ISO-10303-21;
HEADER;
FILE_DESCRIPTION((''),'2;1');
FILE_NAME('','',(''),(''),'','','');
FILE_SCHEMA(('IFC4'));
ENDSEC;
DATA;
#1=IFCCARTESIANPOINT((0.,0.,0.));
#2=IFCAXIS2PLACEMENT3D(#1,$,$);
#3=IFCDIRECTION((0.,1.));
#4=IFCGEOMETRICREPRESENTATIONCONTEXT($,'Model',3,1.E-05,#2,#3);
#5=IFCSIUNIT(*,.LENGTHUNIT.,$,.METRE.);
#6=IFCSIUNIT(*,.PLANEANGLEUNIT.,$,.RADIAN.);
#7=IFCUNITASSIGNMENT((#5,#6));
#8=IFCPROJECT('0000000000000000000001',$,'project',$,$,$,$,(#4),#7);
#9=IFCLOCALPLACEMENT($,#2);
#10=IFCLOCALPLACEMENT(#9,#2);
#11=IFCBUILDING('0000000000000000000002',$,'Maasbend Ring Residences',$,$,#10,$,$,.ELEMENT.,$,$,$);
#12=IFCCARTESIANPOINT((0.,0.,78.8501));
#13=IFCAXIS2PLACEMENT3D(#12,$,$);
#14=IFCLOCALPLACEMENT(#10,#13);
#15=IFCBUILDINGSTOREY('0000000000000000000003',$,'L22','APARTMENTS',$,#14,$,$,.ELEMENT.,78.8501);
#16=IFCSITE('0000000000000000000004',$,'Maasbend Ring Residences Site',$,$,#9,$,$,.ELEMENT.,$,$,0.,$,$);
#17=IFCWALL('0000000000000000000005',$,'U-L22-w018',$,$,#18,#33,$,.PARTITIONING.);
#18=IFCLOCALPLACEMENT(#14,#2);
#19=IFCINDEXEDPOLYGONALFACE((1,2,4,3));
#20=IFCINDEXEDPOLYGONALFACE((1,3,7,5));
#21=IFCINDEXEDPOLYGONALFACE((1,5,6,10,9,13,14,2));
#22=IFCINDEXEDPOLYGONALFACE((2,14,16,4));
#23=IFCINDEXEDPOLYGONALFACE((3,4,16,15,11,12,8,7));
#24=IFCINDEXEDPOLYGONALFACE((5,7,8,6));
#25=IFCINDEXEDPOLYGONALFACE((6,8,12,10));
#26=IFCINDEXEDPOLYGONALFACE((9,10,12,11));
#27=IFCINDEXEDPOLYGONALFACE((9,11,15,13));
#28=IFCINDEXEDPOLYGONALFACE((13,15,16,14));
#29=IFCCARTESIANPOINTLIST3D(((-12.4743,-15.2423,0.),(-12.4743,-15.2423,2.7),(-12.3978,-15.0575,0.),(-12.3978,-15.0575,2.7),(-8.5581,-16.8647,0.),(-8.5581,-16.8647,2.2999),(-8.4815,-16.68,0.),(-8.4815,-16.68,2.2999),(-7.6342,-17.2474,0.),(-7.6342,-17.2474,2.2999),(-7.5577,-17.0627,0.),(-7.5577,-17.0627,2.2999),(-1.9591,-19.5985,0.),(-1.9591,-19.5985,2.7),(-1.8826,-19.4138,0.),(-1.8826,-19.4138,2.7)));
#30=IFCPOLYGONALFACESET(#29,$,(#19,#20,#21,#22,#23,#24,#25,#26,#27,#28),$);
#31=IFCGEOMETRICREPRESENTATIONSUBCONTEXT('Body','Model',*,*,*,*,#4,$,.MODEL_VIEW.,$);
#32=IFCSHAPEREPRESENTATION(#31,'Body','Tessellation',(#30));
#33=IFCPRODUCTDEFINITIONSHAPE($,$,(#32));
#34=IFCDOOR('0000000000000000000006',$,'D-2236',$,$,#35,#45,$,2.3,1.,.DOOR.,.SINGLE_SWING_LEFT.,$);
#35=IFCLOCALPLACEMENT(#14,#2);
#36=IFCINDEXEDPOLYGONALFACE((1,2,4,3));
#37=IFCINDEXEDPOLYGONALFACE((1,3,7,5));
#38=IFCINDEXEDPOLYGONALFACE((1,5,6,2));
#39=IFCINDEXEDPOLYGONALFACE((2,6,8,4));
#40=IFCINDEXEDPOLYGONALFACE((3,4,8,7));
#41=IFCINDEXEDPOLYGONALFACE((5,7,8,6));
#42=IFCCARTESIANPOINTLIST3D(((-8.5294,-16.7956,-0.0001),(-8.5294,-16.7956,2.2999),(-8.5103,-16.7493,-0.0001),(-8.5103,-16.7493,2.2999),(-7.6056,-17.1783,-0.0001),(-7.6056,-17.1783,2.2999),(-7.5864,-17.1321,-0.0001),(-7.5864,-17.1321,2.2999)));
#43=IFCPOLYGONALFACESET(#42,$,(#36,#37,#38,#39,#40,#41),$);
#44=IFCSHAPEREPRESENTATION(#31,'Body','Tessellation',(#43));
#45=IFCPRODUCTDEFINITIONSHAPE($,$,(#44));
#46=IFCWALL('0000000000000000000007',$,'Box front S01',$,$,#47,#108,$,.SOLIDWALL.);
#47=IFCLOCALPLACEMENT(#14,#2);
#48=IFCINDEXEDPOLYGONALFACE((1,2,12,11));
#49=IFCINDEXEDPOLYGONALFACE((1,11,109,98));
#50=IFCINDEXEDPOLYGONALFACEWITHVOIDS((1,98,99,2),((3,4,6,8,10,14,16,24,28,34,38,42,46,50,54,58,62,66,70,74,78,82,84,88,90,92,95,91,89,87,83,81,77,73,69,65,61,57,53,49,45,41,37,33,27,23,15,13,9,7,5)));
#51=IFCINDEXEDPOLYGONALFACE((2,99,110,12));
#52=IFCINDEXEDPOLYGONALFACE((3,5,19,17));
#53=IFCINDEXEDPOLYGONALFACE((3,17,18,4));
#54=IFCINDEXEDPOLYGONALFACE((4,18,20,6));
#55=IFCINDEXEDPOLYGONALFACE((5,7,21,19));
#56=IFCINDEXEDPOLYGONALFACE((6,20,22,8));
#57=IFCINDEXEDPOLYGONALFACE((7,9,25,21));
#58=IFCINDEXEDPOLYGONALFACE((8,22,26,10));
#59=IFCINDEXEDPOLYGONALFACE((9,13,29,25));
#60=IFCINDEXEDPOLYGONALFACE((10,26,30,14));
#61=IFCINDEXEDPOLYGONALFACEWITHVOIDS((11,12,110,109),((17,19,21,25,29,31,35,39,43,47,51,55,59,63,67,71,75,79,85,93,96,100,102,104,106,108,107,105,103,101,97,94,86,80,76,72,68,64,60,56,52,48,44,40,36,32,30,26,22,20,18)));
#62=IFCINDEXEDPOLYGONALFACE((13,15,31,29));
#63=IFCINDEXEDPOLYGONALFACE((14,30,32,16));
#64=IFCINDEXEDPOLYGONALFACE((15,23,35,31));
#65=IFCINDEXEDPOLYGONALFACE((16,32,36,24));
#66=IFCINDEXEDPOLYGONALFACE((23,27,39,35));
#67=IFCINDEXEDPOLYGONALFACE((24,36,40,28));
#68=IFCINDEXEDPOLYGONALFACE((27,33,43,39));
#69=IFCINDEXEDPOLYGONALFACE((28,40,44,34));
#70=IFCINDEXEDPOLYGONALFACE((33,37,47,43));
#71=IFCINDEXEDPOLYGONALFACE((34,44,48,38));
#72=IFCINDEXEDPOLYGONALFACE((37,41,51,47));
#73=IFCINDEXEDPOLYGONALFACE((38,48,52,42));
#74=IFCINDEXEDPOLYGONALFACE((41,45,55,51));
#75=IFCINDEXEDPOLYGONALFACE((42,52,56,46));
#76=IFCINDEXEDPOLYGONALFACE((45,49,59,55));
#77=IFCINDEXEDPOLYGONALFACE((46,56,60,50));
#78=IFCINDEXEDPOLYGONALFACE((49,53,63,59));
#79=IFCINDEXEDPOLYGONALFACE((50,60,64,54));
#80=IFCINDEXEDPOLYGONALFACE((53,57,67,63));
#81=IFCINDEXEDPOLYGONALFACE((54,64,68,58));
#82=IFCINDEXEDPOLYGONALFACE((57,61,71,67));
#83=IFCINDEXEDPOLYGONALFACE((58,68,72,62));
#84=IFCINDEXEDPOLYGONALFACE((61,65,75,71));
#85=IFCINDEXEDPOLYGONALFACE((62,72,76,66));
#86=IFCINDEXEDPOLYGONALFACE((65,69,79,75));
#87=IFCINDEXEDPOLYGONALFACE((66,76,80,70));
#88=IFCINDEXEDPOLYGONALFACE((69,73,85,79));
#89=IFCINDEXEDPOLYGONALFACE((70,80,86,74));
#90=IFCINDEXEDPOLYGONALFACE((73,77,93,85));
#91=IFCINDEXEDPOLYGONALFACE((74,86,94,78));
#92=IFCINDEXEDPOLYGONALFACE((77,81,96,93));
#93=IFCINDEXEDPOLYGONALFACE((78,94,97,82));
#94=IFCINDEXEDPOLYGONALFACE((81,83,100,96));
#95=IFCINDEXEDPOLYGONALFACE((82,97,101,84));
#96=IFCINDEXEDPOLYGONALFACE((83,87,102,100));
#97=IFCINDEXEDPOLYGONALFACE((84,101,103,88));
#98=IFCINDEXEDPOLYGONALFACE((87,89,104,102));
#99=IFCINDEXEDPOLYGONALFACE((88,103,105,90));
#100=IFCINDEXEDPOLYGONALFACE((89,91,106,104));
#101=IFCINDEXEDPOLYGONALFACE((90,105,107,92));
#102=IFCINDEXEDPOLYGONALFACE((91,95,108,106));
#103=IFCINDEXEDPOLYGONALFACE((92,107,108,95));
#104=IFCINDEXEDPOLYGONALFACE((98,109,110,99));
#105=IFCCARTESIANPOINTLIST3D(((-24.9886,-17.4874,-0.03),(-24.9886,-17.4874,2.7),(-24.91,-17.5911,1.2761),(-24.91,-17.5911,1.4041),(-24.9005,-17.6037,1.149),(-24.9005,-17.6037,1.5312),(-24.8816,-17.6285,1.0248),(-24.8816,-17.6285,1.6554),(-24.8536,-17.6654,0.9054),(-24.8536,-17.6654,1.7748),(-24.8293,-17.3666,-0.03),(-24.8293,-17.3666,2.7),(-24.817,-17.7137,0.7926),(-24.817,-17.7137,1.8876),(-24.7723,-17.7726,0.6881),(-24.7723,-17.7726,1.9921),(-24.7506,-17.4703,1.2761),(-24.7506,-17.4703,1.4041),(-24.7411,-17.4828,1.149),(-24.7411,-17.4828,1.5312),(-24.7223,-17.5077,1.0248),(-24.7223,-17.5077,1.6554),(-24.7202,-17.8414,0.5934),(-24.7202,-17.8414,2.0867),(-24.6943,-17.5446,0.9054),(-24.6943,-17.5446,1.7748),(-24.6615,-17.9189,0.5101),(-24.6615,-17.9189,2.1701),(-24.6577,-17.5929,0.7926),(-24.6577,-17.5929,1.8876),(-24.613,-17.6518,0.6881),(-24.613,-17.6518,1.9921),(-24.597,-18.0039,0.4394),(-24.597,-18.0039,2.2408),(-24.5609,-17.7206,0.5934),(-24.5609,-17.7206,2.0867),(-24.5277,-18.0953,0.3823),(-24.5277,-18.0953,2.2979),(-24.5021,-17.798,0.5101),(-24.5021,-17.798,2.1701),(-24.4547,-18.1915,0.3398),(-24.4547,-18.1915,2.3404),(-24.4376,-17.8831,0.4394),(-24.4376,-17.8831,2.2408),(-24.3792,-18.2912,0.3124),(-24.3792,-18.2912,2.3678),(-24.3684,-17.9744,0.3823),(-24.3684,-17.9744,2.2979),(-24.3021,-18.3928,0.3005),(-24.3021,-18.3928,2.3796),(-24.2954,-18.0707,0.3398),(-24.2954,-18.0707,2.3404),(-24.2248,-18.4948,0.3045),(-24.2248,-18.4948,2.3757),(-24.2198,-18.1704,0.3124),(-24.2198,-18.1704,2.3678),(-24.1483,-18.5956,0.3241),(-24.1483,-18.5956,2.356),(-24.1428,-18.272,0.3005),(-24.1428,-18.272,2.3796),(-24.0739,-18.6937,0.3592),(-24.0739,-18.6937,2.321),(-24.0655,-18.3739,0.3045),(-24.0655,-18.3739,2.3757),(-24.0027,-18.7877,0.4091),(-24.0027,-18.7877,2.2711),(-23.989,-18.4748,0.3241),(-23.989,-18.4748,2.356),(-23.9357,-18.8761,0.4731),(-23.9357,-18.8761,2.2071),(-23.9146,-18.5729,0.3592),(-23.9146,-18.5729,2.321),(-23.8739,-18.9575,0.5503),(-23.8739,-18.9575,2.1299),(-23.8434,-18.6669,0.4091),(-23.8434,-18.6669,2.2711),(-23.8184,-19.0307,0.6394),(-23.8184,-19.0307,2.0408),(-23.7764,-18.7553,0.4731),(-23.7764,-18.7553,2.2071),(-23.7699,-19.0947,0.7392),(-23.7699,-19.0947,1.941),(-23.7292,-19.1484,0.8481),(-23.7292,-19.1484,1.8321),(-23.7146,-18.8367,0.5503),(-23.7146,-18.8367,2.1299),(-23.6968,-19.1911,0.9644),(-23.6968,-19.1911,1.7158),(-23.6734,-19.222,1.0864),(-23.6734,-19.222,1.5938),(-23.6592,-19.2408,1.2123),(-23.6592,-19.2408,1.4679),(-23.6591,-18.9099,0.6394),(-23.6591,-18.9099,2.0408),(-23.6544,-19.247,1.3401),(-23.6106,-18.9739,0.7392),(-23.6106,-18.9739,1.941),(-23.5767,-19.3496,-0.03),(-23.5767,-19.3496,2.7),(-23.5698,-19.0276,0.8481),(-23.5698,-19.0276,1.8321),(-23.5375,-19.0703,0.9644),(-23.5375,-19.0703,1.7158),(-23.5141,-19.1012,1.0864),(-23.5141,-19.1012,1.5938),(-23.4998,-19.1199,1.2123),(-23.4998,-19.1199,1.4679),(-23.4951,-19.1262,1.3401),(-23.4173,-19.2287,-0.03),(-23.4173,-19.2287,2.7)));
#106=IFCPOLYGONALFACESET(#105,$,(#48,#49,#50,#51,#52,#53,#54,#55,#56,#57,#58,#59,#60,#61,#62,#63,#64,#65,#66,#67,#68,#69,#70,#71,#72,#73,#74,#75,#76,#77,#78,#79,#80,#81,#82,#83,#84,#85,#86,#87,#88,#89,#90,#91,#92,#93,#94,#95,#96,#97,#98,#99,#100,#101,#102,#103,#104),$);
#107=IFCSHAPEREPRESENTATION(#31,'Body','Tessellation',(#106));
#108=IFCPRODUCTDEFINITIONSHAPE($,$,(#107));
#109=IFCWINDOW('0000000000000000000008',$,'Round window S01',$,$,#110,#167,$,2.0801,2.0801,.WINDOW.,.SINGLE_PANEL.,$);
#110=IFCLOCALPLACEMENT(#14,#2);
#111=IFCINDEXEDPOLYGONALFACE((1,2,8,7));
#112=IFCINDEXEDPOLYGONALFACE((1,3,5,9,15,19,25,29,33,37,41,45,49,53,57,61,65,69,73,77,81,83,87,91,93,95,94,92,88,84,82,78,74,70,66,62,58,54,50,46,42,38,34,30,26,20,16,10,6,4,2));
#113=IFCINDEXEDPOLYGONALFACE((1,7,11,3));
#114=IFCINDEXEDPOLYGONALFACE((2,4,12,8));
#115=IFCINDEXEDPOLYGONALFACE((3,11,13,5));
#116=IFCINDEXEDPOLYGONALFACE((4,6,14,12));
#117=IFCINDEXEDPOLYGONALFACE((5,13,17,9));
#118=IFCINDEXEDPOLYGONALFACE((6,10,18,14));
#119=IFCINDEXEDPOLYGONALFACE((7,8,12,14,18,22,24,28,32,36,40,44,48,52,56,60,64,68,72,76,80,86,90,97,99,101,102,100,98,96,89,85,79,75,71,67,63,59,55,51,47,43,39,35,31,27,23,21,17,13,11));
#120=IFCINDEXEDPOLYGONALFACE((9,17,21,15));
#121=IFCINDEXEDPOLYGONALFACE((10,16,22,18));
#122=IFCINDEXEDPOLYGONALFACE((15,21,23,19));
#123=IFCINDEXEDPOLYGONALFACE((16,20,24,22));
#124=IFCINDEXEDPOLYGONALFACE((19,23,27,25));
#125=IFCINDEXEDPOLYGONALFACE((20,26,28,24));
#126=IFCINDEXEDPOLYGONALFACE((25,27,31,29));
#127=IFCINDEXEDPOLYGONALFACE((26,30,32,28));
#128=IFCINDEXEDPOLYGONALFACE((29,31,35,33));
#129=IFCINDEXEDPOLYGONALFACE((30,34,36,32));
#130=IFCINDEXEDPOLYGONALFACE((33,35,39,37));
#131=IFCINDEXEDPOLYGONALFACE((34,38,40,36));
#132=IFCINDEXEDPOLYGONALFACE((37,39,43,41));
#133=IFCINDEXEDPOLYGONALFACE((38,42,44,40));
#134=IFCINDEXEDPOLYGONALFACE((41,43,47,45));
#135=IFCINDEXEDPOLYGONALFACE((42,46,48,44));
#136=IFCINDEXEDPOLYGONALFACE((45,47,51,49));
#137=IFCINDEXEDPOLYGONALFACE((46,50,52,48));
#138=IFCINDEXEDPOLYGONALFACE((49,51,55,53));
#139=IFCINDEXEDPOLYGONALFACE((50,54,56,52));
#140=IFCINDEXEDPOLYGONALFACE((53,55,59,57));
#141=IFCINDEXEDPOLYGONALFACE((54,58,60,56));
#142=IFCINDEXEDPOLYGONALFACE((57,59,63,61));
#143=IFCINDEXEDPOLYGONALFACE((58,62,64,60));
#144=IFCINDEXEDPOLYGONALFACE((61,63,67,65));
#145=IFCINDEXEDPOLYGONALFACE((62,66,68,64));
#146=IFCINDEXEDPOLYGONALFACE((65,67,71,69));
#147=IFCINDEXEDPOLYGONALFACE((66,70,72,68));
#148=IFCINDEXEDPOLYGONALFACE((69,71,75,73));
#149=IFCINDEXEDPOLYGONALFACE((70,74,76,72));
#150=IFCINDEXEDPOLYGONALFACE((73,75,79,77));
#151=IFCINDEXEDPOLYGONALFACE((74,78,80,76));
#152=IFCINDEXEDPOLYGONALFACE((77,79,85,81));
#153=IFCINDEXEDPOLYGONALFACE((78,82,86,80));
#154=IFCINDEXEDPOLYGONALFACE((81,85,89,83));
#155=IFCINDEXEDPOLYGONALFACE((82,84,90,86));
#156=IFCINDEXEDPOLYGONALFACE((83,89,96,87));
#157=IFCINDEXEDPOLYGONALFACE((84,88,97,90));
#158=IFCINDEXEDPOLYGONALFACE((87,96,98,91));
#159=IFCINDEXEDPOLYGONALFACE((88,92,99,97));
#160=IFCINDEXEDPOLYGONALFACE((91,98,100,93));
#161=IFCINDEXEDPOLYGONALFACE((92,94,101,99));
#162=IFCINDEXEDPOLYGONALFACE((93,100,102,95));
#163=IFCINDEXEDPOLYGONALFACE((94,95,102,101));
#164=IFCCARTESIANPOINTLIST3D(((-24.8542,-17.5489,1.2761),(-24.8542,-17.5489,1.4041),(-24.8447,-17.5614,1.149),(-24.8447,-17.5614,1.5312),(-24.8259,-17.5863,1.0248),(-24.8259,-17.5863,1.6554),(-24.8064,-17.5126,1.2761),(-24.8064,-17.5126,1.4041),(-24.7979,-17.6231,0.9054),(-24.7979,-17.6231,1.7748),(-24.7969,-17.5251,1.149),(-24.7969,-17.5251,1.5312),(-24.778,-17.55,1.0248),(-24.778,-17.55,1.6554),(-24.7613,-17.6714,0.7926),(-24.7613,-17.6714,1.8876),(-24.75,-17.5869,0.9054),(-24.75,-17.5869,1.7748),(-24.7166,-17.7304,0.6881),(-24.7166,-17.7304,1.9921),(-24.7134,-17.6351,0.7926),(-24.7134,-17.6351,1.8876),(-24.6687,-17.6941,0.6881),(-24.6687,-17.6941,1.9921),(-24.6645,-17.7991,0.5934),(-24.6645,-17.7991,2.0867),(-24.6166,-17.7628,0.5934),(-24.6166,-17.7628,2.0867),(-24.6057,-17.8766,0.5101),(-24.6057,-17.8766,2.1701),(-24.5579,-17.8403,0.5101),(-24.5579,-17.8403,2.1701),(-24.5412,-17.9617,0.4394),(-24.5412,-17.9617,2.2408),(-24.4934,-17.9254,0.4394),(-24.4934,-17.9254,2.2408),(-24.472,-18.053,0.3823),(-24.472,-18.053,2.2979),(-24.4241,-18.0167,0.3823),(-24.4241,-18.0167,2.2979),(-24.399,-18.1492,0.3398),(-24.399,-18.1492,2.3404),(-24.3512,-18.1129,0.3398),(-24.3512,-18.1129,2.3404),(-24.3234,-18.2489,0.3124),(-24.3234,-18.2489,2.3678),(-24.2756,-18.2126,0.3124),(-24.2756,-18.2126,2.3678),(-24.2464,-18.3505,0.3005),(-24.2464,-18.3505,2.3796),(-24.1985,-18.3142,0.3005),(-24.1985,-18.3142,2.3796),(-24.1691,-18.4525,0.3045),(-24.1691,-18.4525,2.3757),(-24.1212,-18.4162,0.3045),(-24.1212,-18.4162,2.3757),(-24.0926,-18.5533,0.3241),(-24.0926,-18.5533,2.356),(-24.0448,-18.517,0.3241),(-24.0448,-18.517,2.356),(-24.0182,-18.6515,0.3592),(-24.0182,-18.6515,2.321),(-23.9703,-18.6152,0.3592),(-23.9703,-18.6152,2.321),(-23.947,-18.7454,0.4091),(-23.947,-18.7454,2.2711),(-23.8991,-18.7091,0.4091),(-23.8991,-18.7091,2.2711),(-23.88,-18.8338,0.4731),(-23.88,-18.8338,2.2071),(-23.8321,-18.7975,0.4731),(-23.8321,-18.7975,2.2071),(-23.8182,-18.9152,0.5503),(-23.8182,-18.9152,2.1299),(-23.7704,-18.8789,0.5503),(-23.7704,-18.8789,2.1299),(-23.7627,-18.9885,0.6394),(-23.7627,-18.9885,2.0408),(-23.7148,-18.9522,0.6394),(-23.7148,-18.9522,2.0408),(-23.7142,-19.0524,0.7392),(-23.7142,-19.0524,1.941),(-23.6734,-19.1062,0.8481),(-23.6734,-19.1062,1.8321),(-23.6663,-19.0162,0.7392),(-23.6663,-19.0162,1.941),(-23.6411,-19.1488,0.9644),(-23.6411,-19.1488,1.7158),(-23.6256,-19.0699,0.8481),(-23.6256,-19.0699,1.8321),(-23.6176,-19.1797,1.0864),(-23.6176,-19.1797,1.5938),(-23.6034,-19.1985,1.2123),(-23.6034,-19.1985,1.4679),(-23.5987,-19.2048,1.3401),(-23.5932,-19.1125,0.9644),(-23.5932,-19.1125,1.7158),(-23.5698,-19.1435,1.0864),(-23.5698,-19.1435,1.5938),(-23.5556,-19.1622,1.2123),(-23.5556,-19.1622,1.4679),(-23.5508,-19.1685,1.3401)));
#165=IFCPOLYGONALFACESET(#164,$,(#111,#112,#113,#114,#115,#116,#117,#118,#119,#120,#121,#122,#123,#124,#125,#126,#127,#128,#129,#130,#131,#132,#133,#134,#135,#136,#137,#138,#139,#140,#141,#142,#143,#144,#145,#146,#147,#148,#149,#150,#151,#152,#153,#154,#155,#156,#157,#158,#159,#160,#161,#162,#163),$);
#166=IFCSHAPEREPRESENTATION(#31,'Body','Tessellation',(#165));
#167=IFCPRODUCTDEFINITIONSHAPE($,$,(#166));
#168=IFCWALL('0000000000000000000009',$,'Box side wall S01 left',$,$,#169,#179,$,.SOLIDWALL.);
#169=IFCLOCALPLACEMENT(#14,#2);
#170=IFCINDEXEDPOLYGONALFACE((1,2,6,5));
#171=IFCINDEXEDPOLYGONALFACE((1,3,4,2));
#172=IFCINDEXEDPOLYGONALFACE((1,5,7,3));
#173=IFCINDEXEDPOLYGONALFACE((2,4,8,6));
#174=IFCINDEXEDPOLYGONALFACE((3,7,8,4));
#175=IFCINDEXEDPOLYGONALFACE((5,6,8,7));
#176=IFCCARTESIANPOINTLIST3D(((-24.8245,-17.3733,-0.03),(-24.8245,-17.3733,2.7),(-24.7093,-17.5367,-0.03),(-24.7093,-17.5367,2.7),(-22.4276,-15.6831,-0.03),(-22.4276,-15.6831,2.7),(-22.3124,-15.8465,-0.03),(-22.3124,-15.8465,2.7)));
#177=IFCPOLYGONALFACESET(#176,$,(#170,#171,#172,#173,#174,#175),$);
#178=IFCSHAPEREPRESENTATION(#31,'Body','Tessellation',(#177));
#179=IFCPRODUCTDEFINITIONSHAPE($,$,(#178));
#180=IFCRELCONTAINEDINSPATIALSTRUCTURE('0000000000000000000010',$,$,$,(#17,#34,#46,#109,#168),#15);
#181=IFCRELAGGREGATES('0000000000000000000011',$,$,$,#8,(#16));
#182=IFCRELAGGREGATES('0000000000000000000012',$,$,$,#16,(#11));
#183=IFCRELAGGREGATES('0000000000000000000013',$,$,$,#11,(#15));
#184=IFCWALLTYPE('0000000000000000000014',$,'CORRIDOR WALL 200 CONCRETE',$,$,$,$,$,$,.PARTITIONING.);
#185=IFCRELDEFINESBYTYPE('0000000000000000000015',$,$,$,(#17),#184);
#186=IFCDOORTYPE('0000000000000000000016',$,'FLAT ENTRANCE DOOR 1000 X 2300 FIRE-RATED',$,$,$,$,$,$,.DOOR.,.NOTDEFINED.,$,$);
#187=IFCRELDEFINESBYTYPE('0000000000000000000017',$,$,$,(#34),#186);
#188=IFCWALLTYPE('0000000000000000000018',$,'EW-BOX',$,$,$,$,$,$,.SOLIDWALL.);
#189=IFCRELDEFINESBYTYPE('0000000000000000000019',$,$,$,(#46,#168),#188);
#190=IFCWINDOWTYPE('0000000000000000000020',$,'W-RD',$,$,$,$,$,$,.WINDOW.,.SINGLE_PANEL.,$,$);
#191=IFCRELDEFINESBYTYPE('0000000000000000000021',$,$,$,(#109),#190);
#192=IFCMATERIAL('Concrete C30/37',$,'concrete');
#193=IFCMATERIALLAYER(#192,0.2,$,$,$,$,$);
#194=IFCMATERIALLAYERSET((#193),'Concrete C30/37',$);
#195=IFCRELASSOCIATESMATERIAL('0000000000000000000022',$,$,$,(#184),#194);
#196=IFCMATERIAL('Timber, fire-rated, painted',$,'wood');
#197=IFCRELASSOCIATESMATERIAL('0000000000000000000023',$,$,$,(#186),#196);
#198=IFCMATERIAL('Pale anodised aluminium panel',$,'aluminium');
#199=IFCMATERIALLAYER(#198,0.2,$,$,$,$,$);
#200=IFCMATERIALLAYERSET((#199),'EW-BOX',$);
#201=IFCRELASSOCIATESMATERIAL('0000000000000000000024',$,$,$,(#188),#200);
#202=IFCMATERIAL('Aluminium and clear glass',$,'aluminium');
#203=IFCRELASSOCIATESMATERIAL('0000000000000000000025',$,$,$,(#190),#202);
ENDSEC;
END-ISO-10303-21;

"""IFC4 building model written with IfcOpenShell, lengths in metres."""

from ifc_helpers import new_model, si_unit, direction, frame, frame_2d, origin, place, context, subcontext, project, spatial, rectangle, circle, extrude, material, layer, layer_set, type_object, element, fill, save


model = new_model("IFC4")

# Units and contexts
model_context = context("Model", 3, precision=1e-05, world=origin(), true_north=direction((0.0, 1.0)))
body_context = subcontext(model_context, "Body", "Model", "MODEL_VIEW")
ifc_project = project(units=[si_unit("LENGTHUNIT", "METRE"), si_unit("PLANEANGLEUNIT", "RADIAN")], contexts=[model_context])

# Site, building, storey
site_placement = place(None, origin())
site = spatial("IfcSite", under=ifc_project, at=site_placement, Name="Maasbend Ring Residences Site", CompositionType="ELEMENT", RefElevation=0.0)
building_placement = place(site_placement, origin())
building = spatial("IfcBuilding", under=site, at=building_placement, Name="Maasbend Ring Residences", CompositionType="ELEMENT")
storey_placement = place(building_placement, frame((0.0, 0.0, 78.8501)))
storey = spatial("IfcBuildingStorey", under=building, at=storey_placement, Name="L22", Description="APARTMENTS", CompositionType="ELEMENT", Elevation=78.8501)

# Wall, opening, door
ifc_material_1 = material(Name="Concrete C30/37", Category="concrete")
ifc_layer_1 = layer(ifc_material_1, 0.2)
ifc_layer_set_1 = layer_set([ifc_layer_1], Name="Concrete C30/37")
wall_type_1 = type_object("IfcWallType", Name="CORRIDOR WALL 200 CONCRETE", PredefinedType="PARTITIONING", material=ifc_layer_set_1)
wall_1_placement = place(storey_placement, frame((-12.436, -15.1499, 0.0), z_axis=(0.0, 0.0, 1.0), x_axis=(0.923858, -0.382735, 0.0)))
wall_1 = element("IfcWall", 1, at=wall_1_placement, inside=storey, type_object=wall_type_1, Name="U-L22-w018", PredefinedType="PARTITIONING", context=body_context, shape_type="SweptSolid", body=[
    extrude(rectangle(XDim=11.3818, YDim=0.2, at=frame_2d((5.6909, 0.0))), origin(), (0.0, 0.0, 1.0), 2.7),
])
opening_1_placement = place(wall_1_placement, frame((4.239, 0.0, 0.0)))
opening_1 = element("IfcOpeningElement", 2, at=opening_1_placement, cuts=wall_1, PredefinedType="OPENING", context=body_context, shape_type="SweptSolid", body=[
    extrude(rectangle(XDim=1.0, YDim=2.3, at=frame_2d((0.5, 1.1499))), frame((0.0, 0.1099, 0.0), z_axis=(0.0, -1.0, 0.0), x_axis=(1.0, 0.0, 0.0)), (0.0, 0.0, 1.0), 0.22),
])
ifc_material_2 = material(Name="Timber, fire-rated, painted", Category="wood")
door_type_1 = type_object("IfcDoorType", Name="FLAT ENTRANCE DOOR 1000 X 2300 FIRE-RATED", OperationType="NOTDEFINED", PredefinedType="DOOR", material=ifc_material_2)
door_1_placement = place(opening_1_placement, origin())
door_1 = element("IfcDoor", 3, at=door_1_placement, inside=storey, type_object=door_type_1, Name="D-2236", OperationType="SINGLE_SWING_LEFT", OverallHeight=2.3, OverallWidth=1.0, PredefinedType="DOOR", context=body_context, shape_type="SweptSolid", body=[
    extrude(rectangle(XDim=1.0, YDim=2.3, at=frame_2d((0.5, 1.1499))), frame((0.0, 0.0249, 0.0), z_axis=(0.0, -1.0, 0.0), x_axis=(1.0, 0.0, 0.0)), (0.0, 0.0, 1.0), 0.05),
])
fill(opening_1, door_1)

# Wall, opening, window
ifc_material_3 = material(Name="Pale anodised aluminium panel", Category="aluminium")
ifc_layer_2 = layer(ifc_material_3, 0.2)
ifc_layer_set_2 = layer_set([ifc_layer_2], Name="EW-BOX")
wall_type_2 = type_object("IfcWallType", Name="EW-BOX", PredefinedType="SOLIDWALL", material=ifc_layer_set_2)
wall_2_placement = place(storey_placement, frame((-24.9089, -17.427, -0.03), z_axis=(0.0, 0.0, 1.0), x_axis=(0.604188, -0.796842, 0.0)))
wall_2 = element("IfcWall", 4, at=wall_2_placement, inside=storey, type_object=wall_type_2, Name="Box front S01", PredefinedType="SOLIDWALL", context=body_context, shape_type="SweptSolid", body=[
    extrude(rectangle(XDim=2.3369, YDim=0.2, at=frame_2d((1.1685, 0.0))), origin(), (0.0, 0.0, 1.0), 2.73),
])
opening_2_placement = place(wall_2_placement, frame((0.1282, 0.0, 0.3301)))
opening_2 = element("IfcOpeningElement", 5, at=opening_2_placement, cuts=wall_2, PredefinedType="OPENING", context=body_context, shape_type="SweptSolid", body=[
    extrude(circle(Radius=1.04, at=frame_2d((1.04, 1.04))), frame((0.0, 0.1099, 0.0), z_axis=(0.0, -1.0, 0.0), x_axis=(1.0, 0.0, 0.0)), (0.0, 0.0, 1.0), 0.22),
])
ifc_material_4 = material(Name="Aluminium and clear glass", Category="aluminium")
window_type_1 = type_object("IfcWindowType", Name="W-RD", PartitioningType="SINGLE_PANEL", PredefinedType="WINDOW", material=ifc_material_4)
window_1_placement = place(opening_2_placement, origin())
window_1 = element("IfcWindow", 6, at=window_1_placement, inside=storey, type_object=window_type_1, Name="Round window S01", OverallHeight=2.0801, OverallWidth=2.0801, PartitioningType="SINGLE_PANEL", PredefinedType="WINDOW", context=body_context, shape_type="SweptSolid", body=[
    extrude(circle(Radius=1.04, at=frame_2d((1.04, 1.04))), frame((0.0, 0.03, 0.0), z_axis=(0.0, -1.0, 0.0), x_axis=(1.0, 0.0, 0.0)), (0.0, 0.0, 1.0), 0.0601),
])
fill(opening_2, window_1)

# Wall
wall_3_placement = place(storey_placement, frame((-22.3701, -15.7649, -0.03), z_axis=(0.0, 0.0, 1.0), x_axis=(-0.817256, -0.576275, 0.0)))
element("IfcWall", 7, at=wall_3_placement, inside=storey, type_object=wall_type_2, Name="Box side wall S01 left", PredefinedType="SOLIDWALL", context=body_context, shape_type="SweptSolid", body=[
    extrude(rectangle(XDim=2.9329, YDim=0.2, at=frame_2d((1.4663, 0.0))), origin(), (0.0, 0.0, 1.0), 2.73),
])

save(model, "model.ifc")
